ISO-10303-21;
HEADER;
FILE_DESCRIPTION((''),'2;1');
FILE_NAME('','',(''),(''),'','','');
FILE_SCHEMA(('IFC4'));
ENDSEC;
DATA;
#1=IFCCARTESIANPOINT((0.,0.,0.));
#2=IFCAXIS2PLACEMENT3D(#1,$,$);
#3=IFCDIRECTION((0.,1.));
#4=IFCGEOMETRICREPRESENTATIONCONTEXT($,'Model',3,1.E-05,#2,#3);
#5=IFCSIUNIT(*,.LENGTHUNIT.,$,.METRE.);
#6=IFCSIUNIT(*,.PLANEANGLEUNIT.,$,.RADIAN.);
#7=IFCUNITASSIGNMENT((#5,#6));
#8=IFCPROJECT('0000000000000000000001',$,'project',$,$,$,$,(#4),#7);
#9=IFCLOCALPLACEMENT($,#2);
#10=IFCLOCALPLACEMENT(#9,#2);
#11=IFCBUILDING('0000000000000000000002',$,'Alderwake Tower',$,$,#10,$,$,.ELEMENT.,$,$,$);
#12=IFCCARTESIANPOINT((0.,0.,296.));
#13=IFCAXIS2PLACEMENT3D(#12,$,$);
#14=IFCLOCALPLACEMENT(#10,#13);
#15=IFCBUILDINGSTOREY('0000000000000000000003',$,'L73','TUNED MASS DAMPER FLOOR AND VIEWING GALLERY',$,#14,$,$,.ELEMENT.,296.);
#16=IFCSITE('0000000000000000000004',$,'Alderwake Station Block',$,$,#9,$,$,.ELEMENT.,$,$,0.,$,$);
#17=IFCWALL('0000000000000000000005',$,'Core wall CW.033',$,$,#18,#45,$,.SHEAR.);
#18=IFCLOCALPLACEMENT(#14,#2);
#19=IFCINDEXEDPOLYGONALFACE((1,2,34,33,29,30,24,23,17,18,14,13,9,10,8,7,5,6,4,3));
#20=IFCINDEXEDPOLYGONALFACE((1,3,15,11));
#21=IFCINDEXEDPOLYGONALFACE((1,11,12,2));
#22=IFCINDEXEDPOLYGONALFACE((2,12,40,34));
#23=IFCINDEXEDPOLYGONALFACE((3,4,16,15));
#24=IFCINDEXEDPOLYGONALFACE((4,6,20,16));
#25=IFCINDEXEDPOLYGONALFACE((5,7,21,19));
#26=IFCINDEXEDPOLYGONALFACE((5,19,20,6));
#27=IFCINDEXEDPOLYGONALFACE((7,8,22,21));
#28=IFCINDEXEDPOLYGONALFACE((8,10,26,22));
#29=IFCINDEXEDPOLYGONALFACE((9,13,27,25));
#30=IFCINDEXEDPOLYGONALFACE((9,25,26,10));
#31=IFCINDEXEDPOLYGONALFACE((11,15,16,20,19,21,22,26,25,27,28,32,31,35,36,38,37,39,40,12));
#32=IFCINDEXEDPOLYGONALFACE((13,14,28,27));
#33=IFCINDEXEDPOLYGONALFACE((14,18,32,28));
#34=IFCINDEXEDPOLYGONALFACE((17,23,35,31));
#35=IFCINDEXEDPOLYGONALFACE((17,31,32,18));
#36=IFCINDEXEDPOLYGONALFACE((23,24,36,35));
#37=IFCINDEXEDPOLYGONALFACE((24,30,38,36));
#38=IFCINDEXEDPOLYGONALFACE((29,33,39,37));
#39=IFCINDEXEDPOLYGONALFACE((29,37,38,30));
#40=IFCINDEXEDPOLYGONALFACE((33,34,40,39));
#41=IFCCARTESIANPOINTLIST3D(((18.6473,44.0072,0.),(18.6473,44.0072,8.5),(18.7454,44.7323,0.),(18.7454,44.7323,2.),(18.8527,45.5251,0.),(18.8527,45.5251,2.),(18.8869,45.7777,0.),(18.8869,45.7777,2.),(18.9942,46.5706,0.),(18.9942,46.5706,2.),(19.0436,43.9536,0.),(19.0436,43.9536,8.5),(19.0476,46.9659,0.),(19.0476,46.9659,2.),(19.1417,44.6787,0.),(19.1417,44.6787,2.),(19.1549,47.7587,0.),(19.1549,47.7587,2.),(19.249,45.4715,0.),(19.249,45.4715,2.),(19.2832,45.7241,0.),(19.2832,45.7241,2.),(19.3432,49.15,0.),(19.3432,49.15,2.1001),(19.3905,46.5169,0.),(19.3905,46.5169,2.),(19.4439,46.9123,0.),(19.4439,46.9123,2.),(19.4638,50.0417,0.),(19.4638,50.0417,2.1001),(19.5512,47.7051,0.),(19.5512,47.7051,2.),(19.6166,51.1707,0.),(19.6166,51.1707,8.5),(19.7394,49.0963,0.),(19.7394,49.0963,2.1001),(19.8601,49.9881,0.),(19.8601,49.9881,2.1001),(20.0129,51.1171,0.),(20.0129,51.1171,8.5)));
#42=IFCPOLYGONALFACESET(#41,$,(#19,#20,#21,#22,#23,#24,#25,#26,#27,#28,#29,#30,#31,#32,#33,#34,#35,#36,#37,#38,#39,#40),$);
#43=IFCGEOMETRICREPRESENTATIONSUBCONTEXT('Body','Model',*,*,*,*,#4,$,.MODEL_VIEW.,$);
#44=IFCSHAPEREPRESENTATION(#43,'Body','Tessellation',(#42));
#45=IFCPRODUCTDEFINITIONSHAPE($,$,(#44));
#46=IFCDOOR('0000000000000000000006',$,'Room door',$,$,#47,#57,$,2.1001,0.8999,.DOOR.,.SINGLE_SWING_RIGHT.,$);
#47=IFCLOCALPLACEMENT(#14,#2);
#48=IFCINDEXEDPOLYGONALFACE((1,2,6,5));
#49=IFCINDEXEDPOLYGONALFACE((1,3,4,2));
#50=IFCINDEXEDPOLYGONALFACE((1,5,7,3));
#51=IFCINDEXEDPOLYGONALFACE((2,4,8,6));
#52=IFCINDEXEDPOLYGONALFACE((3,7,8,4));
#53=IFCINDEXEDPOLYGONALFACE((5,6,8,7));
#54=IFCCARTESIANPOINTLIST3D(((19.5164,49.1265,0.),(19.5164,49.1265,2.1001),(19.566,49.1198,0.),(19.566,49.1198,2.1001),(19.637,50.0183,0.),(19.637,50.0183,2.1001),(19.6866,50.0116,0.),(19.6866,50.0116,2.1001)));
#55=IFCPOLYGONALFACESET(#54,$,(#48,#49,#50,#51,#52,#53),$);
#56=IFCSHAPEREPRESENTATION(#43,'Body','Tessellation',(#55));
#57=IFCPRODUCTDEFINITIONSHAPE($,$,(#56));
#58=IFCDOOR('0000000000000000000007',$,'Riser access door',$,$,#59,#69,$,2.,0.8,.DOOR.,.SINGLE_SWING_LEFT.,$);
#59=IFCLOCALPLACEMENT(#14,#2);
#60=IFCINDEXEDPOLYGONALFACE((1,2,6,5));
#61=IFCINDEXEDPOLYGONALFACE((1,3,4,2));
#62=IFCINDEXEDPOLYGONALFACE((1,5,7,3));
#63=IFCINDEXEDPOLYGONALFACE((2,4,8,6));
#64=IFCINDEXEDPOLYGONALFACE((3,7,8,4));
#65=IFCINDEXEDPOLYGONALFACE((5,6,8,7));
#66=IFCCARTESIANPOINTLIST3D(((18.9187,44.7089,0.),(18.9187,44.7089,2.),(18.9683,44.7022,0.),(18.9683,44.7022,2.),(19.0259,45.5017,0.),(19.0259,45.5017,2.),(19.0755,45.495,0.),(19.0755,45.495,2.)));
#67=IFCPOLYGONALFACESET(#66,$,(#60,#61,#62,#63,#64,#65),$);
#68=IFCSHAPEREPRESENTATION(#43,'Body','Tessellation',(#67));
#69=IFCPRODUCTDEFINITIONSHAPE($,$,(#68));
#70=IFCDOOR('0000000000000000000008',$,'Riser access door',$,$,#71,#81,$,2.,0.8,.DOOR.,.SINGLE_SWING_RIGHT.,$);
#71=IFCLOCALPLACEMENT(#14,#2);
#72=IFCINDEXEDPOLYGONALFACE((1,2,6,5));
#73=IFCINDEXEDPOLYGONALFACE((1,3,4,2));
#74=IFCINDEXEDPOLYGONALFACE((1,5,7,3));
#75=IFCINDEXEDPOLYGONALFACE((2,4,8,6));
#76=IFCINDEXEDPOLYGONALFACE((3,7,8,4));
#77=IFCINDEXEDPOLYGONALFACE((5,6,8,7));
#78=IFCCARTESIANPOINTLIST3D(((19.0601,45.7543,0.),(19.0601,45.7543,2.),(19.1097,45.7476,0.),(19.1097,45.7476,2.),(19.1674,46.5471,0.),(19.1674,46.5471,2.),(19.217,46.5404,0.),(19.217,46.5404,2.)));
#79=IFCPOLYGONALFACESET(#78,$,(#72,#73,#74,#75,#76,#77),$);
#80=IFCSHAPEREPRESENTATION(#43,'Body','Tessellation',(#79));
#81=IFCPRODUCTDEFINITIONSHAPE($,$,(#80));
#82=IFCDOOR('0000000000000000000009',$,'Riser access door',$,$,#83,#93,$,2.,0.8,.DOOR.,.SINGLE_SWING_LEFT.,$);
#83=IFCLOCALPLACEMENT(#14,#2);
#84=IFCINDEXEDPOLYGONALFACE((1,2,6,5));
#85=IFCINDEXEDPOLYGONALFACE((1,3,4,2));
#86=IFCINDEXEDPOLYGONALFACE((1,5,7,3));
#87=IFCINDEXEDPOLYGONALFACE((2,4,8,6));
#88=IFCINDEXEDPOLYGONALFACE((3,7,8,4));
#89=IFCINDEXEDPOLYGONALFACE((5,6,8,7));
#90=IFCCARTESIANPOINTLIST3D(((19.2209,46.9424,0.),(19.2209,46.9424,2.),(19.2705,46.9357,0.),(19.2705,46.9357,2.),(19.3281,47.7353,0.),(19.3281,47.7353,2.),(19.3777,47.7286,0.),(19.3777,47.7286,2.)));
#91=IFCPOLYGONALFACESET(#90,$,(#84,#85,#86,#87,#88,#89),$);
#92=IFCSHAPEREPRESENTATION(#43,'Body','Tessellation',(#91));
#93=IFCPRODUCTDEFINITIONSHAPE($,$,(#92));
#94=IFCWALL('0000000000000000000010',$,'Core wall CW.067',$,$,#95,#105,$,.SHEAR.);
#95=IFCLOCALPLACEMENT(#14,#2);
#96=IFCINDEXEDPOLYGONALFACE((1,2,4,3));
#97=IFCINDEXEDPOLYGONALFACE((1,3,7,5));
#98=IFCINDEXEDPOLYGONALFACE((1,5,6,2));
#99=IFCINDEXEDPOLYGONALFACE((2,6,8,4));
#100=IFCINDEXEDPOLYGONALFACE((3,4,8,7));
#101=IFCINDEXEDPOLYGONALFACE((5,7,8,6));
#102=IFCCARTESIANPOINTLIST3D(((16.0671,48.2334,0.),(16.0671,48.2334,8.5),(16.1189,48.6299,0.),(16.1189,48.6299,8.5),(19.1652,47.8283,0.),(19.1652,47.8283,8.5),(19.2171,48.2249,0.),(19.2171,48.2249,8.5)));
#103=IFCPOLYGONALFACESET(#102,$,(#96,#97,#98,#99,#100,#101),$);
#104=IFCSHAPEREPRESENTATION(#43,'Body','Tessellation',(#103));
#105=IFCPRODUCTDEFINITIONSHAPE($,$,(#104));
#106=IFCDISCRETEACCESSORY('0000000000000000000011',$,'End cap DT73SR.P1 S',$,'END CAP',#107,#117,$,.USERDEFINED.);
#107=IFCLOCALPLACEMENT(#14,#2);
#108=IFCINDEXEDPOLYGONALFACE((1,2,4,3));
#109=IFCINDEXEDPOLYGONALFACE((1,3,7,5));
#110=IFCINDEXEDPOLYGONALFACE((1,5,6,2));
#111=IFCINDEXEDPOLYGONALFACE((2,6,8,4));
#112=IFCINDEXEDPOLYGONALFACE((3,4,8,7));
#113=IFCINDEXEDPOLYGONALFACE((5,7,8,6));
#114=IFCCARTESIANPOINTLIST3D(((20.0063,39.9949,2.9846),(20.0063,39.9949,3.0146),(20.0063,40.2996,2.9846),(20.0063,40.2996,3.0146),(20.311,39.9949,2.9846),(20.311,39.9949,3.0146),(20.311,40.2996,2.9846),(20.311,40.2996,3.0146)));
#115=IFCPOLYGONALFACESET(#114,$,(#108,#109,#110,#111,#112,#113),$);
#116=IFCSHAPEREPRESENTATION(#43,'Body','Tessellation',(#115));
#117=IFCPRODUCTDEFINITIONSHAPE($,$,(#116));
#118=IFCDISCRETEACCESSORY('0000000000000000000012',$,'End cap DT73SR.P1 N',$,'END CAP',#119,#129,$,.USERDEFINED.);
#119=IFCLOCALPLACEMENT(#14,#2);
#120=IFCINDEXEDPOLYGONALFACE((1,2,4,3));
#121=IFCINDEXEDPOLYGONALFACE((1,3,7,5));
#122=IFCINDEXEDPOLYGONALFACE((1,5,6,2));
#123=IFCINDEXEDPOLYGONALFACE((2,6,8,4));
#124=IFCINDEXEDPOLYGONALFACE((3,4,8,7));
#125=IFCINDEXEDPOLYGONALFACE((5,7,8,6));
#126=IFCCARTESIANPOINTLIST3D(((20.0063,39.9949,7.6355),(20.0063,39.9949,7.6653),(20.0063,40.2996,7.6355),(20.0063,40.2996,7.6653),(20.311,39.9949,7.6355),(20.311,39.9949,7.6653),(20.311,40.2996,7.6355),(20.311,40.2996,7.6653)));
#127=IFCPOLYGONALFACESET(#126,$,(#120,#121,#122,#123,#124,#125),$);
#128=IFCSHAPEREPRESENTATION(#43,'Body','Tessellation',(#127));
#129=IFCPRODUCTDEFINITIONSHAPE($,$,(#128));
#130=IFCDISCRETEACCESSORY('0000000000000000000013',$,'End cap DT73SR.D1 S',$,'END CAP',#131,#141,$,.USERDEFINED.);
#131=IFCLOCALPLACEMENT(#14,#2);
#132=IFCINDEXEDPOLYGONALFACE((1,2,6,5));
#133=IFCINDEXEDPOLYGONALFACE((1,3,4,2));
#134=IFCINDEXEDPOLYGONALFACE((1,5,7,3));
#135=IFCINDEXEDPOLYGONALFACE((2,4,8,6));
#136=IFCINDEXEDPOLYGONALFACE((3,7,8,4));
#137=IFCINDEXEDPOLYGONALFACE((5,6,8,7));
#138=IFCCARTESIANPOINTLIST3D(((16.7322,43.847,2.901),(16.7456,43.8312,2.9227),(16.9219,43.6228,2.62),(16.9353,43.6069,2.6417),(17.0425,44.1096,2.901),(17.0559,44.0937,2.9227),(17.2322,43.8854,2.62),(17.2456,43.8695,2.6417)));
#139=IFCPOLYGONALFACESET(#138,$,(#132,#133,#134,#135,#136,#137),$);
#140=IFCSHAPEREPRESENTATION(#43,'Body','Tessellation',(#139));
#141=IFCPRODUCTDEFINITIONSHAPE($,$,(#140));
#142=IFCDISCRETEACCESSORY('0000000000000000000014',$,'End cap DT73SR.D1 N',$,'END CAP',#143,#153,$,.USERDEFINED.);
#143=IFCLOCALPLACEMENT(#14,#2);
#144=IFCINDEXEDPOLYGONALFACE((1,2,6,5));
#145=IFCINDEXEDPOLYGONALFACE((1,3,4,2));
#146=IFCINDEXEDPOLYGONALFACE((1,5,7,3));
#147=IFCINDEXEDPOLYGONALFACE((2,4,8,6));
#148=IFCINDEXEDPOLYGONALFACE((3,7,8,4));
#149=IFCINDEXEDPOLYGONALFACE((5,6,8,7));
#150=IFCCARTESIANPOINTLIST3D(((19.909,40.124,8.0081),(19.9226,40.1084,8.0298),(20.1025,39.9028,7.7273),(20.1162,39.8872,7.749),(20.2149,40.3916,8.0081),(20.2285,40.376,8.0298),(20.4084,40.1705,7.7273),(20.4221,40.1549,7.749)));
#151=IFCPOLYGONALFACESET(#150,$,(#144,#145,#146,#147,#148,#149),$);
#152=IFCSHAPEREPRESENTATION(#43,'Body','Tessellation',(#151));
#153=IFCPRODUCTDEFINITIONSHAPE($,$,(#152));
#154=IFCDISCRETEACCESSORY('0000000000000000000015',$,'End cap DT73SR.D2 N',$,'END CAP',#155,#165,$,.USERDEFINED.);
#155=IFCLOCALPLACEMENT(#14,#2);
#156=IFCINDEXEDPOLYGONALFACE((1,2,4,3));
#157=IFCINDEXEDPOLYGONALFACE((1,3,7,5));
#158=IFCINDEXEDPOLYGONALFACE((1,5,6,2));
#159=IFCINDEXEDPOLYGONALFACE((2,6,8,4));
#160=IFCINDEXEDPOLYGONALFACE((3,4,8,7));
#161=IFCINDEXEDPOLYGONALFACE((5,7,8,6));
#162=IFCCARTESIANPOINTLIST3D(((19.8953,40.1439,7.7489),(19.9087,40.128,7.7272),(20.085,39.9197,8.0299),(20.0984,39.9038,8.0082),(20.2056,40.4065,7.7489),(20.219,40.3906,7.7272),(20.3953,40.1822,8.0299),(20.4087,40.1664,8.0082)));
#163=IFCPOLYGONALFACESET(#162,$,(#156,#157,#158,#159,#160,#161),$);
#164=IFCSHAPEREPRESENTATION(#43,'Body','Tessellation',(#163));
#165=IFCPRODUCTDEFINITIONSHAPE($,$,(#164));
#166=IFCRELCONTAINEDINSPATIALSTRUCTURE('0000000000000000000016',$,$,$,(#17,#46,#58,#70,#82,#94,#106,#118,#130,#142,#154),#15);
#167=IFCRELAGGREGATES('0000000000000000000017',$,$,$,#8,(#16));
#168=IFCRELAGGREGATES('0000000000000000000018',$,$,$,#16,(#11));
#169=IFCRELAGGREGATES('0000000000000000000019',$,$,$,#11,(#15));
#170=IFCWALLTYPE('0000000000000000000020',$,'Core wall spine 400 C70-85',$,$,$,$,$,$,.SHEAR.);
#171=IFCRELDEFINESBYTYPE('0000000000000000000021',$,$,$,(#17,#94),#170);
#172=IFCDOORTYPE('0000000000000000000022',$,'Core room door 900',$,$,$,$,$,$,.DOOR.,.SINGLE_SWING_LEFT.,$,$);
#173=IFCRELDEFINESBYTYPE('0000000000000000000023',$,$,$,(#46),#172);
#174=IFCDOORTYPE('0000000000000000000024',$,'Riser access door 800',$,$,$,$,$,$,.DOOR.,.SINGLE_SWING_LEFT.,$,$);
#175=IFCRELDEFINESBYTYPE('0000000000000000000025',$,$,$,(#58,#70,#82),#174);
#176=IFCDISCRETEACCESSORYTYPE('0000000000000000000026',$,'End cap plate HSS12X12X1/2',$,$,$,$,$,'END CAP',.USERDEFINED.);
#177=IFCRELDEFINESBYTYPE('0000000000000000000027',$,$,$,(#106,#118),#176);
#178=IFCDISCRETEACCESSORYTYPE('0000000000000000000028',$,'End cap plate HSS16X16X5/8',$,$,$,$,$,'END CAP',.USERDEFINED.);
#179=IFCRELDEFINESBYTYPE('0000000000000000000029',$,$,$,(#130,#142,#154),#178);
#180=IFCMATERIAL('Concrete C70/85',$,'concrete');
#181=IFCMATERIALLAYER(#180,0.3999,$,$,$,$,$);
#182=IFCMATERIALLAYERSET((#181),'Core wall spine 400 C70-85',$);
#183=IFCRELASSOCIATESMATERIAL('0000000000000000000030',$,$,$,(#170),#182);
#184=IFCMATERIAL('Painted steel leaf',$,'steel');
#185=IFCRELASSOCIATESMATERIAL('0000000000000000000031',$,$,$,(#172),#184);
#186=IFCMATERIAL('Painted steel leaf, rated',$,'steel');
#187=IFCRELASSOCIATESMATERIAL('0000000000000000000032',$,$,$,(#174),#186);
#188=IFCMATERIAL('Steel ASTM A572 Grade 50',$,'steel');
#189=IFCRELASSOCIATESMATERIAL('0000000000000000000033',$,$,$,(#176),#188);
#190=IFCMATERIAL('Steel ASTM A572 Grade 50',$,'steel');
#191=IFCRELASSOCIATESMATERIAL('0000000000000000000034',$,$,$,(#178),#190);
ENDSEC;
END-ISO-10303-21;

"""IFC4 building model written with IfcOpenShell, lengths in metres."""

from ifc_helpers import new_model, si_unit, direction, frame, frame_2d, origin, origin_2d, place, context, subcontext, project, spatial, rectangle, extrude, material, layer, layer_set, material_profile, profile_set, type_object, element, fill, save


model = new_model("IFC4")

# Units and contexts
model_context = context("Model", 3, precision=1e-05, world=origin(), true_north=direction((0.0, 1.0)))
body_context = subcontext(model_context, "Body", "Model", "MODEL_VIEW")
ifc_project = project(units=[si_unit("LENGTHUNIT", "METRE"), si_unit("PLANEANGLEUNIT", "RADIAN")], contexts=[model_context])

# Site, building, storey
site_placement = place(None, origin())
site = spatial("IfcSite", under=ifc_project, at=site_placement, Name="Alderwake Station Block", CompositionType="ELEMENT", RefElevation=0.0)
building_placement = place(site_placement, origin())
building = spatial("IfcBuilding", under=site, at=building_placement, Name="Alderwake Tower", CompositionType="ELEMENT")
storey_placement = place(building_placement, frame((0.0, 0.0, 296.0)))
storey = spatial("IfcBuildingStorey", under=building, at=storey_placement, Name="L73", Description="TUNED MASS DAMPER FLOOR AND VIEWING GALLERY", CompositionType="ELEMENT", Elevation=296.0)

# Wall, openings, doors
ifc_material_1 = material(Name="Concrete C70/85", Category="concrete")
ifc_layer_1 = layer(ifc_material_1, 0.3999)
ifc_layer_set_1 = layer_set([ifc_layer_1], Name="Core wall spine 400 C70-85")
wall_type_1 = type_object("IfcWallType", Name="Core wall spine 400 C70-85", PredefinedType="SHEAR", material=ifc_layer_set_1)
wall_1_placement = place(storey_placement, frame((19.8147, 51.1438, 0.0), z_axis=(0.0, 0.0, 1.0), x_axis=(-0.134079, -0.990971, 0.0)))
wall_1 = element("IfcWall", 1, at=wall_1_placement, inside=storey, type_object=wall_type_1, Name="Core wall CW.033", PredefinedType="SHEAR", context=body_context, shape_type="SweptSolid", body=[
    extrude(rectangle(XDim=7.2288, YDim=0.3999, at=frame_2d((3.6143, 0.0))), origin(), (0.0, 0.0, 1.0), 8.5),
])
opening_1_placement = place(wall_1_placement, frame((5.697, 0.0, 0.0)))
opening_1 = element("IfcOpeningElement", 2, at=opening_1_placement, cuts=wall_1, PredefinedType="OPENING", context=body_context, shape_type="SweptSolid", body=[
    extrude(rectangle(XDim=0.8, YDim=2.0, at=frame_2d((0.3999, 1.0))), frame((0.0, 0.21, 0.0), z_axis=(0.0, -1.0, 0.0), x_axis=(1.0, 0.0, 0.0)), (0.0, 0.0, 1.0), 0.4199),
])
opening_2_placement = place(wall_1_placement, frame((4.6421, 0.0, 0.0)))
opening_2 = element("IfcOpeningElement", 3, at=opening_2_placement, cuts=wall_1, PredefinedType="OPENING", context=body_context, shape_type="SweptSolid", body=[
    extrude(rectangle(XDim=0.8, YDim=2.0, at=frame_2d((0.3999, 1.0))), frame((0.0, 0.21, 0.0), z_axis=(0.0, -1.0, 0.0), x_axis=(1.0, 0.0, 0.0)), (0.0, 0.0, 1.0), 0.4199),
])
opening_3_placement = place(wall_1_placement, frame((3.4431, 0.0, 0.0)))
opening_3 = element("IfcOpeningElement", 4, at=opening_3_placement, cuts=wall_1, PredefinedType="OPENING", context=body_context, shape_type="SweptSolid", body=[
    extrude(rectangle(XDim=0.8, YDim=2.0, at=frame_2d((0.3999, 1.0))), frame((0.0, 0.21, 0.0), z_axis=(0.0, -1.0, 0.0), x_axis=(1.0, 0.0, 0.0)), (0.0, 0.0, 1.0), 0.4199),
])
opening_4_placement = place(wall_1_placement, frame((1.1392, 0.0, 0.0)))
opening_4 = element("IfcOpeningElement", 5, at=opening_4_placement, cuts=wall_1, PredefinedType="OPENING", context=body_context, shape_type="SweptSolid", body=[
    extrude(rectangle(XDim=0.8999, YDim=2.1001, at=frame_2d((0.45, 1.05))), frame((0.0, 0.21, 0.0), z_axis=(0.0, -1.0, 0.0), x_axis=(1.0, 0.0, 0.0)), (0.0, 0.0, 1.0), 0.4199),
])
ifc_material_2 = material(Name="Painted steel leaf", Category="steel")
door_type_1 = type_object("IfcDoorType", Name="Core room door 900", OperationType="SINGLE_SWING_LEFT", PredefinedType="DOOR", material=ifc_material_2)
door_1_placement = place(opening_4_placement, origin())
door_1 = element("IfcDoor", 6, at=door_1_placement, inside=storey, type_object=door_type_1, Name="Room door", OperationType="SINGLE_SWING_RIGHT", OverallHeight=2.1001, OverallWidth=0.8999, PredefinedType="DOOR", context=body_context, shape_type="SweptSolid", body=[
    extrude(rectangle(XDim=0.8999, YDim=2.1001, at=frame_2d((0.45, 1.05))), frame((0.0, 0.0249, 0.0), z_axis=(0.0, -1.0, 0.0), x_axis=(1.0, 0.0, 0.0)), (0.0, 0.0, 1.0), 0.05),
])
fill(opening_4, door_1)
ifc_material_3 = material(Name="Painted steel leaf, rated", Category="steel")
door_type_2 = type_object("IfcDoorType", Name="Riser access door 800", OperationType="SINGLE_SWING_LEFT", PredefinedType="DOOR", material=ifc_material_3)
door_2_placement = place(opening_1_placement, origin())
door_2 = element("IfcDoor", 7, at=door_2_placement, inside=storey, type_object=door_type_2, Name="Riser access door", OperationType="SINGLE_SWING_LEFT", OverallHeight=2.0, OverallWidth=0.8, PredefinedType="DOOR", context=body_context, shape_type="SweptSolid", body=[
    extrude(rectangle(XDim=0.8, YDim=2.0, at=frame_2d((0.3999, 1.0))), frame((0.0, 0.0249, 0.0), z_axis=(0.0, -1.0, 0.0), x_axis=(1.0, 0.0, 0.0)), (0.0, 0.0, 1.0), 0.05),
])
fill(opening_1, door_2)
door_3_placement = place(opening_2_placement, origin())
door_3 = element("IfcDoor", 8, at=door_3_placement, inside=storey, type_object=door_type_2, Name="Riser access door", OperationType="SINGLE_SWING_RIGHT", OverallHeight=2.0, OverallWidth=0.8, PredefinedType="DOOR", context=body_context, shape_type="SweptSolid", body=[
    extrude(rectangle(XDim=0.8, YDim=2.0, at=frame_2d((0.3999, 1.0))), frame((0.0, 0.0249, 0.0), z_axis=(0.0, -1.0, 0.0), x_axis=(1.0, 0.0, 0.0)), (0.0, 0.0, 1.0), 0.05),
])
fill(opening_2, door_3)
door_4_placement = place(opening_3_placement, origin())
door_4 = element("IfcDoor", 9, at=door_4_placement, inside=storey, type_object=door_type_2, Name="Riser access door", OperationType="SINGLE_SWING_LEFT", OverallHeight=2.0, OverallWidth=0.8, PredefinedType="DOOR", context=body_context, shape_type="SweptSolid", body=[
    extrude(rectangle(XDim=0.8, YDim=2.0, at=frame_2d((0.3999, 1.0))), frame((0.0, 0.0249, 0.0), z_axis=(0.0, -1.0, 0.0), x_axis=(1.0, 0.0, 0.0)), (0.0, 0.0, 1.0), 0.05),
])
fill(opening_3, door_4)

# Wall
wall_2_placement = place(storey_placement, frame((16.093, 48.4316, 0.0), z_axis=(0.0, 0.0, 1.0), x_axis=(0.991562, -0.12963, 0.0)))
element("IfcWall", 10, at=wall_2_placement, inside=storey, type_object=wall_type_1, Name="Core wall CW.067", PredefinedType="SHEAR", context=body_context, shape_type="SweptSolid", body=[
    extrude(rectangle(XDim=3.1245, YDim=0.3999, at=frame_2d((1.5623, 0.0))), origin(), (0.0, 0.0, 1.0), 8.5),
])

# Discrete accessories
ifc_material_4 = material(Name="Steel ASTM A572 Grade 50", Category="steel")
ifc_material_profile_1 = material_profile(ifc_material_4, rectangle(XDim=0.3047, YDim=0.3047, at=origin_2d()), Name="HSS12X12X1/2 cap")
ifc_profile_set_1 = profile_set([ifc_material_profile_1], Name="Steel ASTM A572 Grade 50")
discrete_accessory_type_1 = type_object("IfcDiscreteAccessoryType", Name="End cap plate HSS12X12X1/2", ElementType="END CAP", PredefinedType="USERDEFINED", material=ifc_profile_set_1)
discrete_accessory_1_placement = place(storey_placement, frame((20.1587, 40.1472, 3.0146), z_axis=(0.0, 0.0, -1.0), x_axis=(1.0, 0.0, 0.0)))
element("IfcDiscreteAccessory", 11, at=discrete_accessory_1_placement, inside=storey, type_object=discrete_accessory_type_1, Name="End cap DT73SR.P1 S", ObjectType="END CAP", PredefinedType="USERDEFINED", context=body_context, shape_type="SweptSolid", body=[
    extrude(rectangle(XDim=0.3047, YDim=0.3047, at=origin_2d()), origin(), (0.0, 0.0, 1.0), 0.03),
])
discrete_accessory_2_placement = place(storey_placement, frame((20.1587, 40.1472, 7.6355), z_axis=(0.0, 0.0, 1.0), x_axis=(1.0, 0.0, 0.0)))
element("IfcDiscreteAccessory", 12, at=discrete_accessory_2_placement, inside=storey, type_object=discrete_accessory_type_1, Name="End cap DT73SR.P1 N", ObjectType="END CAP", PredefinedType="USERDEFINED", context=body_context, shape_type="SweptSolid", body=[
    extrude(rectangle(XDim=0.3047, YDim=0.3047, at=origin_2d()), origin(), (0.0, 0.0, 1.0), 0.0298),
])
ifc_material_5 = material(Name="Steel ASTM A572 Grade 50", Category="steel")
ifc_material_profile_2 = material_profile(ifc_material_5, rectangle(XDim=0.4065, YDim=0.4065, at=origin_2d()), Name="HSS16X16X5/8 cap")
ifc_profile_set_2 = profile_set([ifc_material_profile_2], Name="Steel ASTM A572 Grade 50")
discrete_accessory_type_2 = type_object("IfcDiscreteAccessoryType", Name="End cap plate HSS16X16X5/8", ElementType="END CAP", PredefinedType="USERDEFINED", material=ifc_profile_set_2)
for number, where, z_axis, x_axis, name in (
    (13, (16.9956, 43.8503, 2.7822), (-0.446535, 0.527723, -0.722575), (-0.763386, -0.645942, 0.0), "End cap DT73SR.D1 S"),
    (14, (20.1587, 40.1472, 7.8677), (0.454924, -0.519913, 0.723004), (0.752577, 0.658505, 0.0), "End cap DT73SR.D1 N"),
    (15, (20.1587, 40.1472, 7.8677), (-0.446535, 0.527723, 0.722575), (-0.763386, -0.645942, 0.0), "End cap DT73SR.D2 N"),
):
    element("IfcDiscreteAccessory", number, at=place(storey_placement, frame(where, z_axis=z_axis, x_axis=x_axis)), inside=storey, type_object=discrete_accessory_type_2, Name=name, ObjectType="END CAP", PredefinedType="USERDEFINED", context=body_context, shape_type="SweptSolid", body=[
        extrude(rectangle(XDim=0.4065, YDim=0.4065, at=origin_2d()), origin(), (0.0, 0.0, 1.0), 0.03),
    ])

save(model, "model.ifc")
